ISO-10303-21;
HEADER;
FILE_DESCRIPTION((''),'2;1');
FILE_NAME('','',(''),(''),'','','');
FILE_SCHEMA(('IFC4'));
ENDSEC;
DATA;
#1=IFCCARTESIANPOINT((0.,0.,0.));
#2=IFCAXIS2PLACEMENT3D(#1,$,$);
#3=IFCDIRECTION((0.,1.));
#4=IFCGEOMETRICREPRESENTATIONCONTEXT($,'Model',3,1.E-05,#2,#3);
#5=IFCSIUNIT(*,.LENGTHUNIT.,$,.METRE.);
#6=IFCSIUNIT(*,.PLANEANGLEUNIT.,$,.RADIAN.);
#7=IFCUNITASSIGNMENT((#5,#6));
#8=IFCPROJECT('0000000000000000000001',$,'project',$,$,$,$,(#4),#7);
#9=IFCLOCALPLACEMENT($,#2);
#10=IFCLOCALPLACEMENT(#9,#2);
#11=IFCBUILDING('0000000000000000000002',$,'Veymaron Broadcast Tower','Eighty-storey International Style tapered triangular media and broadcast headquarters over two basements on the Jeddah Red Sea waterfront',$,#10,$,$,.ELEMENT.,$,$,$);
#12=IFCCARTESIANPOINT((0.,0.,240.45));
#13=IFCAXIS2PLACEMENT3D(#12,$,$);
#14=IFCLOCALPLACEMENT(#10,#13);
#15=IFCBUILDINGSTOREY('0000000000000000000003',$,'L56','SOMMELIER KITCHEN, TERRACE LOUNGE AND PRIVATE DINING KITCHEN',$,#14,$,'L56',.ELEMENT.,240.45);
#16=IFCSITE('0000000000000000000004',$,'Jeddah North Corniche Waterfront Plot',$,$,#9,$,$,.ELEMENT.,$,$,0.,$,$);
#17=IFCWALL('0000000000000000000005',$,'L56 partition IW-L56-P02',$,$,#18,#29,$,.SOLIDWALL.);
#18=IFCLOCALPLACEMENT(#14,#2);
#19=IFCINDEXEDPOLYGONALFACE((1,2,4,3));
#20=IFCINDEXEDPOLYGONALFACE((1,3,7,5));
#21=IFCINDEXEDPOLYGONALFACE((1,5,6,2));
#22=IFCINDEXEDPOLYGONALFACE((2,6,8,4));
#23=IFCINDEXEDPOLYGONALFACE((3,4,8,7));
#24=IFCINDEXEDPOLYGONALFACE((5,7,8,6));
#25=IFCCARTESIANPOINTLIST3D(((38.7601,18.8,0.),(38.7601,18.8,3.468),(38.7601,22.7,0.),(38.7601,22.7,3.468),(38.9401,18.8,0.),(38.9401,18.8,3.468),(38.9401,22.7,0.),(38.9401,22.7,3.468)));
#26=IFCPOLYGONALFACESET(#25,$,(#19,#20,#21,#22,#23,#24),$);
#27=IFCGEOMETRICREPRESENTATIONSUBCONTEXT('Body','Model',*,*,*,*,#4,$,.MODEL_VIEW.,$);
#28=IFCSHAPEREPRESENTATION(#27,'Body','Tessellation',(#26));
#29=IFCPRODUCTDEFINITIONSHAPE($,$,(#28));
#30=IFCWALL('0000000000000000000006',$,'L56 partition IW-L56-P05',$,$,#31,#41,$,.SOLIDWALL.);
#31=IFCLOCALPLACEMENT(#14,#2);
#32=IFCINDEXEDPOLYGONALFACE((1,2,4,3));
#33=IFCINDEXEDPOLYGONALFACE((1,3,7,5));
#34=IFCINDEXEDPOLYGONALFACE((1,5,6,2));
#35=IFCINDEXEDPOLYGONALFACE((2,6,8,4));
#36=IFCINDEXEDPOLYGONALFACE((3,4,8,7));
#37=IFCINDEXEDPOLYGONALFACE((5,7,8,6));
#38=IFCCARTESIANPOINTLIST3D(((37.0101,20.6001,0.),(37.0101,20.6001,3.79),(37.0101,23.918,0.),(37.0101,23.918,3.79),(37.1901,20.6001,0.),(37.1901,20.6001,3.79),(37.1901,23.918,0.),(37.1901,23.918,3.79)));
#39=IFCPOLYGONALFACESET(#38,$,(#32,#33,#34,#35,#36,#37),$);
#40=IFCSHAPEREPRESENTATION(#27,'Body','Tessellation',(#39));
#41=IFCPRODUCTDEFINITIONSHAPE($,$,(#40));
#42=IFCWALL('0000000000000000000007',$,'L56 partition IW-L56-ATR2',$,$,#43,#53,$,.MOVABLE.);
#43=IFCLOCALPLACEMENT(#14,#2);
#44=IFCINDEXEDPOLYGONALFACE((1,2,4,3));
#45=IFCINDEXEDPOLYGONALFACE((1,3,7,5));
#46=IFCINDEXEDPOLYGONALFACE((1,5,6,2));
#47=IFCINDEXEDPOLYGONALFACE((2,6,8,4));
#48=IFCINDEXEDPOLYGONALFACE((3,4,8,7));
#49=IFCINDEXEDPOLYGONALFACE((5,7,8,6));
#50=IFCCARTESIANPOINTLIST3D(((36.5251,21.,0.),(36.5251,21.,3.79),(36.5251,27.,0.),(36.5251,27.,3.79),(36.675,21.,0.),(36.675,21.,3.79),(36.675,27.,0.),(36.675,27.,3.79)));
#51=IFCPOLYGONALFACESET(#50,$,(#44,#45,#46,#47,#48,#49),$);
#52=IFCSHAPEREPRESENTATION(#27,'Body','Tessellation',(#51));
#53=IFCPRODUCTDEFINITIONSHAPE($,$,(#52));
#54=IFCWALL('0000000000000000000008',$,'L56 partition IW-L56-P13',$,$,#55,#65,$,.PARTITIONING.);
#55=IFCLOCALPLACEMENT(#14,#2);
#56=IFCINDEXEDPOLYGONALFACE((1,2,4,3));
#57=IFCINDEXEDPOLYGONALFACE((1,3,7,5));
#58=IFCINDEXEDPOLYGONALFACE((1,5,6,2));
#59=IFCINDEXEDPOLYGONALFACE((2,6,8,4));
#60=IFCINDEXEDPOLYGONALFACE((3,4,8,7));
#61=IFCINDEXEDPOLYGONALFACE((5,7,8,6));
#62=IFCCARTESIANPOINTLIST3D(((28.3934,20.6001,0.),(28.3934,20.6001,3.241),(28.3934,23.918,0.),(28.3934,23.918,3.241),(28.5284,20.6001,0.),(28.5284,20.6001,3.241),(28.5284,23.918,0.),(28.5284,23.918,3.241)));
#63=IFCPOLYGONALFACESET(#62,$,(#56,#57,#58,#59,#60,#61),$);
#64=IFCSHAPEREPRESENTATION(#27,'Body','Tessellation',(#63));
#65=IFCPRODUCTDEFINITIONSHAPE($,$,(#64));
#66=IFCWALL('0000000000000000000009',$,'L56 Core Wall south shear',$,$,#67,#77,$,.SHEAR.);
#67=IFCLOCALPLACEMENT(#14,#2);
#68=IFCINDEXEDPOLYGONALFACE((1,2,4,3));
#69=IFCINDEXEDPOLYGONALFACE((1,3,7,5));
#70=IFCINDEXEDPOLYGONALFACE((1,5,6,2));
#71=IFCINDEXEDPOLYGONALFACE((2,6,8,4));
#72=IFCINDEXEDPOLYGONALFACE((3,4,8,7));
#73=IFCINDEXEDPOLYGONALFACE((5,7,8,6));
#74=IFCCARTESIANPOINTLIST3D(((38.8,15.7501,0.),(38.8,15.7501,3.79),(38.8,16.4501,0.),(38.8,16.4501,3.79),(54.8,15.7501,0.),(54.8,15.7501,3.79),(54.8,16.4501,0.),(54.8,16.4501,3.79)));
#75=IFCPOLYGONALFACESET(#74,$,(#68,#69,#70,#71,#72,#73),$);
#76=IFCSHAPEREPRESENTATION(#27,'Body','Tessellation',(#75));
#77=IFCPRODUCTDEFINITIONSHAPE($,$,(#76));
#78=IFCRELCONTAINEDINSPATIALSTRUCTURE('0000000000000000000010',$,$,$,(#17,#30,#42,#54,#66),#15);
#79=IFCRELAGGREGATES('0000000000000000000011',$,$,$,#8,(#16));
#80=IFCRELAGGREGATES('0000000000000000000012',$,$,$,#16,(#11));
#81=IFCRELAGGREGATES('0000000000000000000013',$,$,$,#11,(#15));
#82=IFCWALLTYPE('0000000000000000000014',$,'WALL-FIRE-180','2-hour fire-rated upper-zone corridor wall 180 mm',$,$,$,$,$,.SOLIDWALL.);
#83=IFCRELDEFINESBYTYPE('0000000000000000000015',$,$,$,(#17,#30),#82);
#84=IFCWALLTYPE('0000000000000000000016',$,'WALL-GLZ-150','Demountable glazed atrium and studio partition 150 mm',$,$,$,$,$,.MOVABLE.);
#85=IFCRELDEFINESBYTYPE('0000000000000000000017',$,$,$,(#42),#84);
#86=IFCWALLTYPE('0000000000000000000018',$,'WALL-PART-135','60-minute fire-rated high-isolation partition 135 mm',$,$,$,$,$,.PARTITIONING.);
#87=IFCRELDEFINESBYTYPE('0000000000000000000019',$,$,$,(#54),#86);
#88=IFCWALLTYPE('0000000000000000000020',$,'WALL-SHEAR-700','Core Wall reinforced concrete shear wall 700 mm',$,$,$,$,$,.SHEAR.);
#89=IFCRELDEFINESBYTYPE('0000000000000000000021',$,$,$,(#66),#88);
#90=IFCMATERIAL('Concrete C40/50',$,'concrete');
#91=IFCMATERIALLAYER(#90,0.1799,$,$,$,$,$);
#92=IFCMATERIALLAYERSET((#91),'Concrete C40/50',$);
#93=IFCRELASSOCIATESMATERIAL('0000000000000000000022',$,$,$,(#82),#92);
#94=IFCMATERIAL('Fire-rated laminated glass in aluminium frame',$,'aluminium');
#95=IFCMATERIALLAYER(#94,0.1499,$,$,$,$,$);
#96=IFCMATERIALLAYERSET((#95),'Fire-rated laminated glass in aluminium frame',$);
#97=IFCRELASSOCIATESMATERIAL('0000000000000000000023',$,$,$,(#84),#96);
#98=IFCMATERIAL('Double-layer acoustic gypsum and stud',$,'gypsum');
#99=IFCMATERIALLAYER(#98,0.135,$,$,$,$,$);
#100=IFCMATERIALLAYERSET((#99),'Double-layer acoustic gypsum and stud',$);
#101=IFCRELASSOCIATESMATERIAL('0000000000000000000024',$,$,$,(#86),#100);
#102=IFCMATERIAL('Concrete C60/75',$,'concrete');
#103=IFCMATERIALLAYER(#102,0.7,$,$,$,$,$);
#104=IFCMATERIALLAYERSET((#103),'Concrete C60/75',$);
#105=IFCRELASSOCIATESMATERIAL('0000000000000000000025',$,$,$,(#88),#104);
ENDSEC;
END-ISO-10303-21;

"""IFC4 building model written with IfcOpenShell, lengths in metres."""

from ifc_helpers import new_model, si_unit, direction, frame, frame_2d, origin, place, context, subcontext, project, spatial, rectangle, extrude, material, layer, layer_set, type_object, element, save


model = new_model("IFC4")

# Units and contexts
model_context = context("Model", 3, precision=1e-05, world=origin(), true_north=direction((0.0, 1.0)))
body_context = subcontext(model_context, "Body", "Model", "MODEL_VIEW")
ifc_project = project(units=[si_unit("LENGTHUNIT", "METRE"), si_unit("PLANEANGLEUNIT", "RADIAN")], contexts=[model_context])

# Site, building, storey
site_placement = place(None, origin())
site = spatial("IfcSite", under=ifc_project, at=site_placement, Name="Jeddah North Corniche Waterfront Plot", CompositionType="ELEMENT", RefElevation=0.0)
building_placement = place(site_placement, origin())
building = spatial("IfcBuilding", under=site, at=building_placement, Name="Veymaron Broadcast Tower", Description="Eighty-storey International Style tapered triangular media and broadcast headquarters over two basements on the Jeddah Red Sea waterfront", CompositionType="ELEMENT")
storey_placement = place(building_placement, frame((0.0, 0.0, 240.45)))
storey = spatial("IfcBuildingStorey", under=building, at=storey_placement, Name="L56", Description="SOMMELIER KITCHEN, TERRACE LOUNGE AND PRIVATE DINING KITCHEN", LongName="L56", CompositionType="ELEMENT", Elevation=240.45)

# Shared definitions
ifc_material_1 = material(Name="Concrete C40/50", Category="concrete")
ifc_layer_1 = layer(ifc_material_1, 0.1799)
ifc_layer_set_1 = layer_set([ifc_layer_1], Name="Concrete C40/50")
wall_type_1 = type_object("IfcWallType", Name="WALL-FIRE-180", Description="2-hour fire-rated upper-zone corridor wall 180 mm", PredefinedType="SOLIDWALL", material=ifc_layer_set_1)

# Walls
wall_1_placement = place(storey_placement, frame((38.8501, 18.8, 0.0), z_axis=(0.0, 0.0, 1.0), x_axis=(0.0, 1.0, 0.0)))
element("IfcWall", 1, at=wall_1_placement, inside=storey, type_object=wall_type_1, Name="L56 partition IW-L56-P02", PredefinedType="SOLIDWALL", context=body_context, shape_type="SweptSolid", body=[
    extrude(rectangle(XDim=3.8999, YDim=0.1799, at=frame_2d((1.95, 0.0))), origin(), (0.0, 0.0, 1.0), 3.468),
])
wall_2_placement = place(storey_placement, frame((37.1001, 20.6001, 0.0), z_axis=(0.0, 0.0, 1.0), x_axis=(0.0, 1.0, 0.0)))
element("IfcWall", 2, at=wall_2_placement, inside=storey, type_object=wall_type_1, Name="L56 partition IW-L56-P05", PredefinedType="SOLIDWALL", context=body_context, shape_type="SweptSolid", body=[
    extrude(rectangle(XDim=3.3179, YDim=0.1799, at=frame_2d((1.6589, 0.0))), origin(), (0.0, 0.0, 1.0), 3.79),
])
ifc_material_2 = material(Name="Fire-rated laminated glass in aluminium frame", Category="aluminium")
ifc_layer_2 = layer(ifc_material_2, 0.1499)
ifc_layer_set_2 = layer_set([ifc_layer_2], Name="Fire-rated laminated glass in aluminium frame")
wall_type_2 = type_object("IfcWallType", Name="WALL-GLZ-150", Description="Demountable glazed atrium and studio partition 150 mm", PredefinedType="MOVABLE", material=ifc_layer_set_2)
wall_3_placement = place(storey_placement, frame((36.6001, 21.0, 0.0), z_axis=(0.0, 0.0, 1.0), x_axis=(0.0, 1.0, 0.0)))
element("IfcWall", 3, at=wall_3_placement, inside=storey, type_object=wall_type_2, Name="L56 partition IW-L56-ATR2", PredefinedType="MOVABLE", context=body_context, shape_type="SweptSolid", body=[
    extrude(rectangle(XDim=6.0, YDim=0.1499, at=frame_2d((3.0, 0.0))), origin(), (0.0, 0.0, 1.0), 3.79),
])
ifc_material_3 = material(Name="Double-layer acoustic gypsum and stud", Category="gypsum")
ifc_layer_3 = layer(ifc_material_3, 0.135)
ifc_layer_set_3 = layer_set([ifc_layer_3], Name="Double-layer acoustic gypsum and stud")
wall_type_3 = type_object("IfcWallType", Name="WALL-PART-135", Description="60-minute fire-rated high-isolation partition 135 mm", PredefinedType="PARTITIONING", material=ifc_layer_set_3)
wall_4_placement = place(storey_placement, frame((28.4609, 20.6001, 0.0), z_axis=(0.0, 0.0, 1.0), x_axis=(0.0, 1.0, 0.0)))
element("IfcWall", 4, at=wall_4_placement, inside=storey, type_object=wall_type_3, Name="L56 partition IW-L56-P13", PredefinedType="PARTITIONING", context=body_context, shape_type="SweptSolid", body=[
    extrude(rectangle(XDim=3.3179, YDim=0.135, at=frame_2d((1.6589, 0.0))), origin(), (0.0, 0.0, 1.0), 3.241),
])
ifc_material_4 = material(Name="Concrete C60/75", Category="concrete")
ifc_layer_4 = layer(ifc_material_4, 0.7)
ifc_layer_set_4 = layer_set([ifc_layer_4], Name="Concrete C60/75")
wall_type_4 = type_object("IfcWallType", Name="WALL-SHEAR-700", Description="Core Wall reinforced concrete shear wall 700 mm", PredefinedType="SHEAR", material=ifc_layer_set_4)
wall_5_placement = place(storey_placement, frame((38.8, 16.1001, 0.0), z_axis=(0.0, 0.0, 1.0), x_axis=(1.0, 0.0, 0.0)))
element("IfcWall", 5, at=wall_5_placement, inside=storey, type_object=wall_type_4, Name="L56 Core Wall south shear", PredefinedType="SHEAR", context=body_context, shape_type="SweptSolid", body=[
    extrude(rectangle(XDim=16.0, YDim=0.7, at=frame_2d((8.0, 0.0))), origin(), (0.0, 0.0, 1.0), 3.79),
])

save(model, "model.ifc")
